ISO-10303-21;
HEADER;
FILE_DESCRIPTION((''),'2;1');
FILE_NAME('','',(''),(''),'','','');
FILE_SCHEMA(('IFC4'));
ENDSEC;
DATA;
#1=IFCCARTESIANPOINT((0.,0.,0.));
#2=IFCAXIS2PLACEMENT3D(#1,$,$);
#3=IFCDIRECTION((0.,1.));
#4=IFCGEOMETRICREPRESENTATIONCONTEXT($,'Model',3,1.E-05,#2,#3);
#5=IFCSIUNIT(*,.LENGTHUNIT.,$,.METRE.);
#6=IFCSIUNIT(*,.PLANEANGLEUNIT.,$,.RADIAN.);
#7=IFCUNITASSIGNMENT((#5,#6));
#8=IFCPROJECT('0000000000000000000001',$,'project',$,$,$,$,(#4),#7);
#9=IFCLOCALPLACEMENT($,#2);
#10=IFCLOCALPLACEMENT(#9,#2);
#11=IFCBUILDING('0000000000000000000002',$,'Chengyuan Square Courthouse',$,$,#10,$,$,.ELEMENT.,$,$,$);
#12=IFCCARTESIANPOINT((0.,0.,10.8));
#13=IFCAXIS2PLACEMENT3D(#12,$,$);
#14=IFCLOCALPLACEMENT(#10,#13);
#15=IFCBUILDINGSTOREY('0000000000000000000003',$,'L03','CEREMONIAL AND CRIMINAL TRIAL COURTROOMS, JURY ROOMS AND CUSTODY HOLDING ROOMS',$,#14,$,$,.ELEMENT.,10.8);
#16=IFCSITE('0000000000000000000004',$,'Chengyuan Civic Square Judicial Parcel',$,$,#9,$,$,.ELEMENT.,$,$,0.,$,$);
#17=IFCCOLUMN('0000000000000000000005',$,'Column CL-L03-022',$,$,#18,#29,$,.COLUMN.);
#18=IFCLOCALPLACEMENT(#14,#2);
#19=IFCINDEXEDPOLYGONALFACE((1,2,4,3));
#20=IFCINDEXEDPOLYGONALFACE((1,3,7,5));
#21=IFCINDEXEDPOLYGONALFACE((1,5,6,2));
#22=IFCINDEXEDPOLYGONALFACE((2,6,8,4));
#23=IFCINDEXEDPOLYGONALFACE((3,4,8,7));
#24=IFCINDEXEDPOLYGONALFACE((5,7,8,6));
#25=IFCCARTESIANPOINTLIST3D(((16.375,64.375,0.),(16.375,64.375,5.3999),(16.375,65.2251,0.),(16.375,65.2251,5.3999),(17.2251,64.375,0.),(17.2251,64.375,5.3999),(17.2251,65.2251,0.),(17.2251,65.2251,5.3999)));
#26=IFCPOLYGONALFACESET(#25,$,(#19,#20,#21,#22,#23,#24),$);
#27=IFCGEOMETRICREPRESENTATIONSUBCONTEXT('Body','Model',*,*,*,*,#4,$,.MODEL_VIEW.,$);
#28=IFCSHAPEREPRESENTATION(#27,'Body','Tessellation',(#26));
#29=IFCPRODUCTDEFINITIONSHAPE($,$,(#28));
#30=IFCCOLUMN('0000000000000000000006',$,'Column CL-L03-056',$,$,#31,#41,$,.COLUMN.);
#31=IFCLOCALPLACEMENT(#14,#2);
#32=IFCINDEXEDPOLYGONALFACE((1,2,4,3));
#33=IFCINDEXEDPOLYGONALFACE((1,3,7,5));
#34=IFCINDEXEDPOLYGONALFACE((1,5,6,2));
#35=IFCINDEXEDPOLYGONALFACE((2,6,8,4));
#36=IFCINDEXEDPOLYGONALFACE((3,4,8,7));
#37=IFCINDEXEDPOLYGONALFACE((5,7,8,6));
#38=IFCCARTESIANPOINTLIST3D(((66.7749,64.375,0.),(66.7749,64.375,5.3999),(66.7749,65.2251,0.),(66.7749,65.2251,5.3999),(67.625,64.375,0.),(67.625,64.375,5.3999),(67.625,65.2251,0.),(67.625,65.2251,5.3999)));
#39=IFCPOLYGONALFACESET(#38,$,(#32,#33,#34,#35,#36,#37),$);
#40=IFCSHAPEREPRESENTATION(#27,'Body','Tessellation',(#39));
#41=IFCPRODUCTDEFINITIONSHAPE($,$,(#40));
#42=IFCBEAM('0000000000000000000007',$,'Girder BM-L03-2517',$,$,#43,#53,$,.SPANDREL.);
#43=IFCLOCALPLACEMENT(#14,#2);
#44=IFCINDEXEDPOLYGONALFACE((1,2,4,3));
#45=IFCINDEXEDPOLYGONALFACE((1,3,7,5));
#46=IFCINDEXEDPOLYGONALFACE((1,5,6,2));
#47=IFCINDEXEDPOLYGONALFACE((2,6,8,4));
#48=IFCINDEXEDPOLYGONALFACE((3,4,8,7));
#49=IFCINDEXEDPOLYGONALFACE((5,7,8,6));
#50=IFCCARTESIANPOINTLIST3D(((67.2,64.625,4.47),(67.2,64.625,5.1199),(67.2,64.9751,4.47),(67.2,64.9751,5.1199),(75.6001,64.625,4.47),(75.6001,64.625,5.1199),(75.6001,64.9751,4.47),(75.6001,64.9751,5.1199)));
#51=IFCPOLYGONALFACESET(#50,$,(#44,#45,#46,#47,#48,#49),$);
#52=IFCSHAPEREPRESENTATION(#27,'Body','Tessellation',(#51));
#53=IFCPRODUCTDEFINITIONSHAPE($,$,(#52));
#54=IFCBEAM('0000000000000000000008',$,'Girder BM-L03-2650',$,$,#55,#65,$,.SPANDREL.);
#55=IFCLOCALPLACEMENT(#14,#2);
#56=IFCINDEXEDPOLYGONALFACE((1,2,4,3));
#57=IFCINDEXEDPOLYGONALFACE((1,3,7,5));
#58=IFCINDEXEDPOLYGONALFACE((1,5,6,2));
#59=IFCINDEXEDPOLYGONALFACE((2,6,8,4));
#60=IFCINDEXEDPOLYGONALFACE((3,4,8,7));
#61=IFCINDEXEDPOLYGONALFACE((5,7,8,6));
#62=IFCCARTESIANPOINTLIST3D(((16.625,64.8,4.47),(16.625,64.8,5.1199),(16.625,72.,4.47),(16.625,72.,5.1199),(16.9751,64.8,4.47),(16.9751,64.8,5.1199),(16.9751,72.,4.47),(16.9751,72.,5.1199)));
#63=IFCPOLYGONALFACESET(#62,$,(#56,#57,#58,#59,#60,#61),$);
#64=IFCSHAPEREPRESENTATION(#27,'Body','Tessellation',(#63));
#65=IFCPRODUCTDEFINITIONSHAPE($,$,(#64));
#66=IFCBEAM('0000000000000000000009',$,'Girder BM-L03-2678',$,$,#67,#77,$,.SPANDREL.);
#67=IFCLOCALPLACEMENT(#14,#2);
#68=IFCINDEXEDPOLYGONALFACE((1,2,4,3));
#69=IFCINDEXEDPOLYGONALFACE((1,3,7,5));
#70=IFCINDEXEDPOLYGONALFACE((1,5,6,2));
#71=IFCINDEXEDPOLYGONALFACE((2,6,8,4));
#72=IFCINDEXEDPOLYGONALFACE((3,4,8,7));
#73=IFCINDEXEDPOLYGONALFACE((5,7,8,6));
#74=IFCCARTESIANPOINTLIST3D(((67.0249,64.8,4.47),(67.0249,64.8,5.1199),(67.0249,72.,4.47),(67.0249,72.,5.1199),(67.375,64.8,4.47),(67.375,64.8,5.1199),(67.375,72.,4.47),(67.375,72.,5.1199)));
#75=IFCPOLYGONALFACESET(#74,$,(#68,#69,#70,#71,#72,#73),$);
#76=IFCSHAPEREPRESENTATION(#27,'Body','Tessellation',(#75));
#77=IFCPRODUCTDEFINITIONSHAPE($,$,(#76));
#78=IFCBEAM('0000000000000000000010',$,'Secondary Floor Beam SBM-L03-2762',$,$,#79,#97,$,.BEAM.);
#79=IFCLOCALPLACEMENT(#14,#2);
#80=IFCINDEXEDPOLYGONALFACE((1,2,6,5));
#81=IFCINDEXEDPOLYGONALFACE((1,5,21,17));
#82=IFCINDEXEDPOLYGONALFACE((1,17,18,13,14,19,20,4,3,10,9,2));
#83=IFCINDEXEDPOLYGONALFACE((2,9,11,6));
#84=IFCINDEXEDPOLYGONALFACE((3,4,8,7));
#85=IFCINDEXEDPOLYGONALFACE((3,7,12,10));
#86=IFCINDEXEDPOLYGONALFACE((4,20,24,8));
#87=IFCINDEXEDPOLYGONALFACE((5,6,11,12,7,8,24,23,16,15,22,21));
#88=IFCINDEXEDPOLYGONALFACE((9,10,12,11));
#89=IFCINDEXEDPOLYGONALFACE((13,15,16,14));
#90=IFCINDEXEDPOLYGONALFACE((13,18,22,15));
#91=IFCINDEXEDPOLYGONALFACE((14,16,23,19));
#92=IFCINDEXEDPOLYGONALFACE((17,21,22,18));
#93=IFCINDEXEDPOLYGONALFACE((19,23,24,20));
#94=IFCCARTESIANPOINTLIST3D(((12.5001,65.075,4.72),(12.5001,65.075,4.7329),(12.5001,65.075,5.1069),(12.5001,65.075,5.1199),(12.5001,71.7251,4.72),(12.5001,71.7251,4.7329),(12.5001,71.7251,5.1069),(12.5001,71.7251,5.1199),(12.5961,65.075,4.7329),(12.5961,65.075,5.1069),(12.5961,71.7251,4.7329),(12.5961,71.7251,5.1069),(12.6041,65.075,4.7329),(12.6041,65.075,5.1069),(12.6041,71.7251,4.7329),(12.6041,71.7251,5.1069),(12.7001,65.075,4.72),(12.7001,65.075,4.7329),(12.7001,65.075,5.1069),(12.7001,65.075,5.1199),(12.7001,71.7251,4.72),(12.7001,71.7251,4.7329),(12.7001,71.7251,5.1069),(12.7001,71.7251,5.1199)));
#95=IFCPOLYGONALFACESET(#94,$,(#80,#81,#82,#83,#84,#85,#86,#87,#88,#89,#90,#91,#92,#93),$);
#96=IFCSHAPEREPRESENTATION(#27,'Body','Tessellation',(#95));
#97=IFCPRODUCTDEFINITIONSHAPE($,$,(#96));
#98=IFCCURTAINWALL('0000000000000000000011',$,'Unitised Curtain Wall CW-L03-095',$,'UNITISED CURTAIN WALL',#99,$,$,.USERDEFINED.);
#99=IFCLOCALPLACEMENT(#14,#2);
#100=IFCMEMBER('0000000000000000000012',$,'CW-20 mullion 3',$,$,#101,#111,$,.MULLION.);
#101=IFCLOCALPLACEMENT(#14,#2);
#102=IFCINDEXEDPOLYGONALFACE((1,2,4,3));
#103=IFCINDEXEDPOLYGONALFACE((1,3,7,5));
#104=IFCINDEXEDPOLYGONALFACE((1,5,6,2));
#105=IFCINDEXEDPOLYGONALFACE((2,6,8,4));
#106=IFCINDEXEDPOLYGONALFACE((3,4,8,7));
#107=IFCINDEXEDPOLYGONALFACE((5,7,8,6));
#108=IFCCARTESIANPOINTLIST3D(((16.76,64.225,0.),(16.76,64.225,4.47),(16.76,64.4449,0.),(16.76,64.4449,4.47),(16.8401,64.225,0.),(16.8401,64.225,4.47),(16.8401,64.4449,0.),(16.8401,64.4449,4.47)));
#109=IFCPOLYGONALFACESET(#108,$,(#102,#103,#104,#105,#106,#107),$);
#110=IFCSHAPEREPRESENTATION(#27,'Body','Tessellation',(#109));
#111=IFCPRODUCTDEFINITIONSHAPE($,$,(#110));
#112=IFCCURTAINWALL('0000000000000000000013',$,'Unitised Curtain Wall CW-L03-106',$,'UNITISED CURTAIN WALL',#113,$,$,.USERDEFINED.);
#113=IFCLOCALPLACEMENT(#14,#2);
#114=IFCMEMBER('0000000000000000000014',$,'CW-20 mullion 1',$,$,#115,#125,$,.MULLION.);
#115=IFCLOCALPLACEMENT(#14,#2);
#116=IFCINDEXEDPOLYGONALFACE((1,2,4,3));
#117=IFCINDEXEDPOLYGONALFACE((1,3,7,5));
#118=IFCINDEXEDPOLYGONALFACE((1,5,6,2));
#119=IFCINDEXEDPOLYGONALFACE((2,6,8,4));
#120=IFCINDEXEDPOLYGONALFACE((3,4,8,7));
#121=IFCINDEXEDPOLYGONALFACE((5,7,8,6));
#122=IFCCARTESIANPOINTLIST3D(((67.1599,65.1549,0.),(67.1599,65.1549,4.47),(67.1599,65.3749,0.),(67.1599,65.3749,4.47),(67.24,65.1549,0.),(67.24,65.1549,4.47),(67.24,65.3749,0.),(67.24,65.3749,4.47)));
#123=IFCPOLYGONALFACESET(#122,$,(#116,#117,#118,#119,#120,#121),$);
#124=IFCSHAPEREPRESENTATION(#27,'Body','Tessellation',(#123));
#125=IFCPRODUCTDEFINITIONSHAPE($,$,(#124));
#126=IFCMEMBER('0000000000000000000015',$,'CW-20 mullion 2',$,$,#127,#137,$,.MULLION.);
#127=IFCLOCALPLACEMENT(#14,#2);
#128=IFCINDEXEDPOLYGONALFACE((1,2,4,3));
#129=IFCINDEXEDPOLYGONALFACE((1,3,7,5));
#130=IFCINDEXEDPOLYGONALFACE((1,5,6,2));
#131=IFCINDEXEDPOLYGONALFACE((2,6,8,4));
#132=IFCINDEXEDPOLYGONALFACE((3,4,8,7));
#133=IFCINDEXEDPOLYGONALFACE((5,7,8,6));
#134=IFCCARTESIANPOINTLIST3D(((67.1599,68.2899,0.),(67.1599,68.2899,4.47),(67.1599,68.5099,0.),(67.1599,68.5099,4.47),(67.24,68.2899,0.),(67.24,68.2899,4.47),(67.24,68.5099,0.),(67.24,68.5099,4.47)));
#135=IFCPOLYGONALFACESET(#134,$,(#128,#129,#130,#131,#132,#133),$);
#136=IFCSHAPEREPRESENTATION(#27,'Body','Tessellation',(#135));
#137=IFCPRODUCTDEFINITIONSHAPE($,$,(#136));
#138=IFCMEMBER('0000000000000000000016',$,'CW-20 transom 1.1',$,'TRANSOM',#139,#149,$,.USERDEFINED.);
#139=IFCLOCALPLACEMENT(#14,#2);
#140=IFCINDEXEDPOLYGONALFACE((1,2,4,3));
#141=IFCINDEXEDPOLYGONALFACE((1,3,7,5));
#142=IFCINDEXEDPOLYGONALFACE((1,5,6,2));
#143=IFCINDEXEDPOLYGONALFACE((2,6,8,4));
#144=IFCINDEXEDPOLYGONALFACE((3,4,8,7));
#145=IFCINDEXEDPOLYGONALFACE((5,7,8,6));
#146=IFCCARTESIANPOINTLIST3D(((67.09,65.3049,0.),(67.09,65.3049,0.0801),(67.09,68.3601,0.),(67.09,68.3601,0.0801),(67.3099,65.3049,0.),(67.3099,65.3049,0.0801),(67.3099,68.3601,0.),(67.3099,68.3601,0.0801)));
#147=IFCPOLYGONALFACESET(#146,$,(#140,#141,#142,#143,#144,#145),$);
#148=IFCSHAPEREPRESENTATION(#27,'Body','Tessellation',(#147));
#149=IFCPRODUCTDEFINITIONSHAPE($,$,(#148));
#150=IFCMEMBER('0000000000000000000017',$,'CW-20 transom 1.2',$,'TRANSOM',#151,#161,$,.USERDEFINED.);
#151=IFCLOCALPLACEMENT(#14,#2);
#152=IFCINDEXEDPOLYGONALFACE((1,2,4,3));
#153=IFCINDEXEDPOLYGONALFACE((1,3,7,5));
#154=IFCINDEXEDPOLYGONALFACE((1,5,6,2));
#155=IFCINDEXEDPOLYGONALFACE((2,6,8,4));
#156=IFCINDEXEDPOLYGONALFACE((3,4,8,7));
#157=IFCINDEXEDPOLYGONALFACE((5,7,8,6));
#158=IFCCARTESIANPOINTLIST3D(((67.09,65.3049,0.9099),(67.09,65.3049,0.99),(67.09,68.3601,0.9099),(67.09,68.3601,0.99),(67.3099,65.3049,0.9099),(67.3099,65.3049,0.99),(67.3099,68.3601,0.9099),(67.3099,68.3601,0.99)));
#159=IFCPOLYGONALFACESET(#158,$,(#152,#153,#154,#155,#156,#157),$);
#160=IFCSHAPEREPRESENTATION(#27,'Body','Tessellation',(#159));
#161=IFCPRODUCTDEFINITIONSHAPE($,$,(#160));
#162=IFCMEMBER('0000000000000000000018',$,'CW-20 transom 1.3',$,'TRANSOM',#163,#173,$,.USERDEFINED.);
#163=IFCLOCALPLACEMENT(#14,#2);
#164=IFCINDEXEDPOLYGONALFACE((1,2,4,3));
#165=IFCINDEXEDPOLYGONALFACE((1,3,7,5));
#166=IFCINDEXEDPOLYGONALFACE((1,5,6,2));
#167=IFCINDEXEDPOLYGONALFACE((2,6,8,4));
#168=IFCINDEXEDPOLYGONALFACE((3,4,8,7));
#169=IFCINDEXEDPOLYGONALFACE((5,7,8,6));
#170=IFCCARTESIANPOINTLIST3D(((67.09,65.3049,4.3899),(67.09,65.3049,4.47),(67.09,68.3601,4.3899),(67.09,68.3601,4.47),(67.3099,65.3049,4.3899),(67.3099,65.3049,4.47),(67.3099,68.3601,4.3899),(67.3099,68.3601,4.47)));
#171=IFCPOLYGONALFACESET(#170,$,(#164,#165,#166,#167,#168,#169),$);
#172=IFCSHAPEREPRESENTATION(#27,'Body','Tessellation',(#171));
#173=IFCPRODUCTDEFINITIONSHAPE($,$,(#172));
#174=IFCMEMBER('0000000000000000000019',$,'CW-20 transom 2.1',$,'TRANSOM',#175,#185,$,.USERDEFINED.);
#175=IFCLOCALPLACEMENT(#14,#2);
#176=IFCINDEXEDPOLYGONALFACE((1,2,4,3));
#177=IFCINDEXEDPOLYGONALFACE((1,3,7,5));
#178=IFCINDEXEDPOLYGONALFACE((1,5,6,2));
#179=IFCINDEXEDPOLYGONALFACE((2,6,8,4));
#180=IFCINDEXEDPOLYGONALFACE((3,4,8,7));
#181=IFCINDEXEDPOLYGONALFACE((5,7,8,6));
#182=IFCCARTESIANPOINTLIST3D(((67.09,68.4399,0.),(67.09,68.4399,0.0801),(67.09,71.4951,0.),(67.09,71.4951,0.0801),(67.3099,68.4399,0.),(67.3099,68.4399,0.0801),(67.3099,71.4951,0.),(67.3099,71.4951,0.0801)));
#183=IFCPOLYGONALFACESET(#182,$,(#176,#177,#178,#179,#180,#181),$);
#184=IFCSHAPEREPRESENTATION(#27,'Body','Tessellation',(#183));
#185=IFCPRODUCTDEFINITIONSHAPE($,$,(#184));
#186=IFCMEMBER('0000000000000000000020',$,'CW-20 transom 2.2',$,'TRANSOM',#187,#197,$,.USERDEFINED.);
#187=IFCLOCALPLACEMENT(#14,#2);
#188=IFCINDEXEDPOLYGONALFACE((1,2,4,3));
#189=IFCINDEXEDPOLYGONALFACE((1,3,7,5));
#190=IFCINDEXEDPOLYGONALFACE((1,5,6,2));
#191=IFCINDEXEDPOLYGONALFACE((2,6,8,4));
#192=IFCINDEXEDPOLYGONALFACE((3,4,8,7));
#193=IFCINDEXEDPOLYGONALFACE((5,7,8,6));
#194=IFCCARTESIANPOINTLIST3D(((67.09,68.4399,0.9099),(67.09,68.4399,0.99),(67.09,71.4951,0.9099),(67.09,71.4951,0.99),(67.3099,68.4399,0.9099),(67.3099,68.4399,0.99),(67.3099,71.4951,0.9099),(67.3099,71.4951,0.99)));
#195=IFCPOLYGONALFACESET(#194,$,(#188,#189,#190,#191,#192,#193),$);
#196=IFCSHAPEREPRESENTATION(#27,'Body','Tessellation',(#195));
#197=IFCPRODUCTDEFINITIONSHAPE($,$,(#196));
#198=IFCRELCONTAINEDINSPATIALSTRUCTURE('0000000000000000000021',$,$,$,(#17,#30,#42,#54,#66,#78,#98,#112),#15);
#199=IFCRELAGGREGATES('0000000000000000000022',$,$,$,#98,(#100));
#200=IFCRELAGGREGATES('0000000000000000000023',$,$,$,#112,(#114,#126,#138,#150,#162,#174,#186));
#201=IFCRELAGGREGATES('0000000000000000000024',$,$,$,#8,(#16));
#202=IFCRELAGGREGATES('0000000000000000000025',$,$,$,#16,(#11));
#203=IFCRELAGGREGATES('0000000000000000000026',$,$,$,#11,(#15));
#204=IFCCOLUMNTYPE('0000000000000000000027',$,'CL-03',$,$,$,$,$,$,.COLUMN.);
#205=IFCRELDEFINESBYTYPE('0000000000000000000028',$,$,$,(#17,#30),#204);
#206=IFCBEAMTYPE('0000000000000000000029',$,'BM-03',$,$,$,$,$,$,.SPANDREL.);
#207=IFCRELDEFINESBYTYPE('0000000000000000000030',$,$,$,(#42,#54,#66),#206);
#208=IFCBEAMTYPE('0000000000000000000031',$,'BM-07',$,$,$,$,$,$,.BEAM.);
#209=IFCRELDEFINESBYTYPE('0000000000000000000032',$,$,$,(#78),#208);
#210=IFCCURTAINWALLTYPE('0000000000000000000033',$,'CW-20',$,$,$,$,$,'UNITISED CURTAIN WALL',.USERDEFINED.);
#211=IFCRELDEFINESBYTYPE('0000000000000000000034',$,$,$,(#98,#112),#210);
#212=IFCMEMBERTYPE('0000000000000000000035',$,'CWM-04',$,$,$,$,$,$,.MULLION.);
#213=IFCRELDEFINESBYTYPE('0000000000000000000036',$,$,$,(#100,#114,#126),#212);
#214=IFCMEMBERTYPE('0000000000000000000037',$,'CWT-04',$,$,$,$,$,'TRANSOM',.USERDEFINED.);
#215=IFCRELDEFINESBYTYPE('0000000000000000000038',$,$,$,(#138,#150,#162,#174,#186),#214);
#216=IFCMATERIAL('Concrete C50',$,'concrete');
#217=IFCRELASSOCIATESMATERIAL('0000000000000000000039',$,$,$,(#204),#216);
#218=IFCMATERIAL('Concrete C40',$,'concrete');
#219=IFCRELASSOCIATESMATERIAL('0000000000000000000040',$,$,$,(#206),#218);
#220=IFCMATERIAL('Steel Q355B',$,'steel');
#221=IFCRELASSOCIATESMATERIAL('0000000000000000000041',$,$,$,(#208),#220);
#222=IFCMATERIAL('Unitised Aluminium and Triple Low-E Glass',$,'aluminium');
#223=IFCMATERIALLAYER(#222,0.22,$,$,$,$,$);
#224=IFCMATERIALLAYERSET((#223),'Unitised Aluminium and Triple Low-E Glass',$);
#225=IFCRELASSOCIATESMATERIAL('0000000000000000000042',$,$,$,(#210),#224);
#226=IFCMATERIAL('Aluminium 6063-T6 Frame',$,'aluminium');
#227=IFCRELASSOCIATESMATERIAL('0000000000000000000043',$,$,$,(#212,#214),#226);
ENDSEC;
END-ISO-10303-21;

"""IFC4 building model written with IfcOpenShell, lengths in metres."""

from ifc_helpers import new_model, si_unit, direction, frame, origin, origin_2d, place, context, subcontext, project, spatial, rectangle, i_section, extrude, material, layer, layer_set, material_profile, profile_set, type_object, element, aggregate, save


model = new_model("IFC4")

# Units and contexts
model_context = context("Model", 3, precision=1e-05, world=origin(), true_north=direction((0.0, 1.0)))
body_context = subcontext(model_context, "Body", "Model", "MODEL_VIEW")
ifc_project = project(units=[si_unit("LENGTHUNIT", "METRE"), si_unit("PLANEANGLEUNIT", "RADIAN")], contexts=[model_context])

# Site, building, storey
site_placement = place(None, origin())
site = spatial("IfcSite", under=ifc_project, at=site_placement, Name="Chengyuan Civic Square Judicial Parcel", CompositionType="ELEMENT", RefElevation=0.0)
building_placement = place(site_placement, origin())
building = spatial("IfcBuilding", under=site, at=building_placement, Name="Chengyuan Square Courthouse", CompositionType="ELEMENT")
storey_placement = place(building_placement, frame((0.0, 0.0, 10.8)))
storey = spatial("IfcBuildingStorey", under=building, at=storey_placement, Name="L03", Description="CEREMONIAL AND CRIMINAL TRIAL COURTROOMS, JURY ROOMS AND CUSTODY HOLDING ROOMS", CompositionType="ELEMENT", Elevation=10.8)

# Columns
ifc_material_1 = material(Name="Concrete C50", Category="concrete")
ifc_material_profile_1 = material_profile(ifc_material_1, rectangle(XDim=0.8501, YDim=0.8501, at=origin_2d()), Name="RC-COL-850x850")
ifc_profile_set_1 = profile_set([ifc_material_profile_1], Name="Concrete C50")
column_type = type_object("IfcColumnType", Name="CL-03", PredefinedType="COLUMN", material=ifc_profile_set_1)
for number, where, z_axis, x_axis, name in (
    (1, (16.8, 64.8, 0.0), (0.0, 0.0, 1.0), (1.0, 0.0, 0.0), "Column CL-L03-022"),
    (2, (67.2, 64.8, 0.0), (0.0, 0.0, 1.0), (1.0, 0.0, 0.0), "Column CL-L03-056"),
):
    element("IfcColumn", number, at=place(storey_placement, frame(where, z_axis=z_axis, x_axis=x_axis)), inside=storey, type_object=column_type, Name=name, PredefinedType="COLUMN", context=body_context, shape_type="SweptSolid", body=[
        extrude(rectangle(XDim=0.8501, YDim=0.8501, at=origin_2d()), origin(), (0.0, 0.0, 1.0), 5.3999),
    ])

# Beams
ifc_material_2 = material(Name="Concrete C40", Category="concrete")
ifc_material_profile_2 = material_profile(ifc_material_2, rectangle(XDim=0.3501, YDim=0.6499, at=origin_2d()), Name="RC-BM-350x650")
ifc_profile_set_2 = profile_set([ifc_material_profile_2], Name="Concrete C40")
beam_type_1 = type_object("IfcBeamType", Name="BM-03", PredefinedType="SPANDREL", material=ifc_profile_set_2)
beam_1_placement = place(storey_placement, frame((67.2, 64.8, 4.7949), z_axis=(1.0, 0.0, 0.0), x_axis=(0.0, 1.0, 0.0)))
element("IfcBeam", 3, at=beam_1_placement, inside=storey, type_object=beam_type_1, Name="Girder BM-L03-2517", PredefinedType="SPANDREL", context=body_context, shape_type="SweptSolid", body=[
    extrude(rectangle(XDim=0.3501, YDim=0.6499, at=origin_2d()), origin(), (0.0, 0.0, 1.0), 8.4001),
])
for number, where, z_axis, x_axis, name in (
    (4, (16.8, 64.8, 4.7949), (0.0, 1.0, 0.0), (-1.0, 0.0, 0.0), "Girder BM-L03-2650"),
    (5, (67.2, 64.8, 4.7949), (0.0, 1.0, 0.0), (-1.0, 0.0, 0.0), "Girder BM-L03-2678"),
):
    element("IfcBeam", number, at=place(storey_placement, frame(where, z_axis=z_axis, x_axis=x_axis)), inside=storey, type_object=beam_type_1, Name=name, PredefinedType="SPANDREL", context=body_context, shape_type="SweptSolid", body=[
        extrude(rectangle(XDim=0.3501, YDim=0.6499, at=origin_2d()), origin(), (0.0, 0.0, 1.0), 7.2),
    ])
ifc_material_3 = material(Name="Steel Q355B", Category="steel")
ifc_material_profile_3 = material_profile(ifc_material_3, i_section(OverallWidth=0.2, OverallDepth=0.3999, WebThickness=0.0081, FlangeThickness=0.0129, at=origin_2d()), Name="HN 400x200x8x13")
ifc_profile_set_3 = profile_set([ifc_material_profile_3], Name="Steel Q355B")
beam_type_2 = type_object("IfcBeamType", Name="BM-07", PredefinedType="BEAM", material=ifc_profile_set_3)
beam_2_placement = place(storey_placement, frame((12.6001, 65.075, 4.9199), z_axis=(0.0, 1.0, 0.0), x_axis=(-1.0, 0.0, 0.0)))
element("IfcBeam", 6, at=beam_2_placement, inside=storey, type_object=beam_type_2, Name="Secondary Floor Beam SBM-L03-2762", PredefinedType="BEAM", context=body_context, shape_type="SweptSolid", body=[
    extrude(i_section(OverallWidth=0.2, OverallDepth=0.3999, WebThickness=0.0081, FlangeThickness=0.0129, at=origin_2d()), origin(), (0.0, 0.0, 1.0), 6.6501),
])

# Curtain wall, member
ifc_material_4 = material(Name="Unitised Aluminium and Triple Low-E Glass", Category="aluminium")
ifc_layer_1 = layer(ifc_material_4, 0.22)
ifc_layer_set_1 = layer_set([ifc_layer_1], Name="Unitised Aluminium and Triple Low-E Glass")
curtain_wall_type = type_object("IfcCurtainWallType", Name="CW-20", ElementType="UNITISED CURTAIN WALL", PredefinedType="USERDEFINED", material=ifc_layer_set_1)
curtain_wall_1_placement = place(storey_placement, origin())
curtain_wall_1 = element("IfcCurtainWall", 7, at=curtain_wall_1_placement, inside=storey, type_object=curtain_wall_type, Name="Unitised Curtain Wall CW-L03-095", ObjectType="UNITISED CURTAIN WALL", PredefinedType="USERDEFINED")
ifc_material_5 = material(Name="Aluminium 6063-T6 Frame", Category="aluminium")
ifc_material_profile_4 = material_profile(ifc_material_5, rectangle(XDim=0.0801, YDim=0.22, at=origin_2d()), Name="CW-MUL-80x220")
ifc_profile_set_4 = profile_set([ifc_material_profile_4], Name="Aluminium 6063-T6 Frame")
member_type_1 = type_object("IfcMemberType", Name="CWM-04", PredefinedType="MULLION", material=ifc_profile_set_4)
member_1_placement = place(storey_placement, frame((16.8, 64.335, 0.0), z_axis=(0.0, 0.0, 1.0), x_axis=(-1.0, 0.0, 0.0)))
member_1 = element("IfcMember", 8, at=member_1_placement, type_object=member_type_1, Name="CW-20 mullion 3", PredefinedType="MULLION", context=body_context, shape_type="SweptSolid", body=[
    extrude(rectangle(XDim=0.0801, YDim=0.22, at=origin_2d()), origin(), (0.0, 0.0, 1.0), 4.47),
])
aggregate(curtain_wall_1, [member_1])

# Curtain wall, members
curtain_wall_2_placement = place(storey_placement, origin())
curtain_wall_2 = element("IfcCurtainWall", 9, at=curtain_wall_2_placement, inside=storey, type_object=curtain_wall_type, Name="Unitised Curtain Wall CW-L03-106", ObjectType="UNITISED CURTAIN WALL", PredefinedType="USERDEFINED")
member_2_placement = place(storey_placement, frame((67.2, 65.2649, 0.0), z_axis=(0.0, 0.0, 1.0), x_axis=(-1.0, 0.0, 0.0)))
member_2 = element("IfcMember", 10, at=member_2_placement, type_object=member_type_1, Name="CW-20 mullion 1", PredefinedType="MULLION", context=body_context, shape_type="SweptSolid", body=[
    extrude(rectangle(XDim=0.0801, YDim=0.22, at=origin_2d()), origin(), (0.0, 0.0, 1.0), 4.47),
])
member_3_placement = place(storey_placement, frame((67.2, 68.3999, 0.0), z_axis=(0.0, 0.0, 1.0), x_axis=(-1.0, 0.0, 0.0)))
member_3 = element("IfcMember", 11, at=member_3_placement, type_object=member_type_1, Name="CW-20 mullion 2", PredefinedType="MULLION", context=body_context, shape_type="SweptSolid", body=[
    extrude(rectangle(XDim=0.0801, YDim=0.22, at=origin_2d()), origin(), (0.0, 0.0, 1.0), 4.47),
])
ifc_material_profile_5 = material_profile(ifc_material_5, rectangle(XDim=0.22, YDim=0.0801, at=origin_2d()), Name="CW-TRN-80x180")
ifc_profile_set_5 = profile_set([ifc_material_profile_5], Name="Aluminium 6063-T6 Frame")
member_type_2 = type_object("IfcMemberType", Name="CWT-04", ElementType="TRANSOM", PredefinedType="USERDEFINED", material=ifc_profile_set_5)
member_4_placement = place(storey_placement, frame((67.2, 65.3049, 0.04), z_axis=(0.0, 1.0, 0.0), x_axis=(-1.0, 0.0, 0.0)))
member_4 = element("IfcMember", 12, at=member_4_placement, type_object=member_type_2, Name="CW-20 transom 1.1", ObjectType="TRANSOM", PredefinedType="USERDEFINED", context=body_context, shape_type="SweptSolid", body=[
    extrude(rectangle(XDim=0.22, YDim=0.0801, at=origin_2d()), origin(), (0.0, 0.0, 1.0), 3.0552),
])
member_5_placement = place(storey_placement, frame((67.2, 65.3049, 0.95), z_axis=(0.0, 1.0, 0.0), x_axis=(-1.0, 0.0, 0.0)))
member_5 = element("IfcMember", 13, at=member_5_placement, type_object=member_type_2, Name="CW-20 transom 1.2", ObjectType="TRANSOM", PredefinedType="USERDEFINED", context=body_context, shape_type="SweptSolid", body=[
    extrude(rectangle(XDim=0.22, YDim=0.0801, at=origin_2d()), origin(), (0.0, 0.0, 1.0), 3.0552),
])
member_6_placement = place(storey_placement, frame((67.2, 65.3049, 4.4299), z_axis=(0.0, 1.0, 0.0), x_axis=(-1.0, 0.0, 0.0)))
member_6 = element("IfcMember", 14, at=member_6_placement, type_object=member_type_2, Name="CW-20 transom 1.3", ObjectType="TRANSOM", PredefinedType="USERDEFINED", context=body_context, shape_type="SweptSolid", body=[
    extrude(rectangle(XDim=0.22, YDim=0.0801, at=origin_2d()), origin(), (0.0, 0.0, 1.0), 3.0552),
])
member_7_placement = place(storey_placement, frame((67.2, 68.4399, 0.04), z_axis=(0.0, 1.0, 0.0), x_axis=(-1.0, 0.0, 0.0)))
member_7 = element("IfcMember", 15, at=member_7_placement, type_object=member_type_2, Name="CW-20 transom 2.1", ObjectType="TRANSOM", PredefinedType="USERDEFINED", context=body_context, shape_type="SweptSolid", body=[
    extrude(rectangle(XDim=0.22, YDim=0.0801, at=origin_2d()), origin(), (0.0, 0.0, 1.0), 3.0552),
])
member_8_placement = place(storey_placement, frame((67.2, 68.4399, 0.95), z_axis=(0.0, 1.0, 0.0), x_axis=(-1.0, 0.0, 0.0)))
member_8 = element("IfcMember", 16, at=member_8_placement, type_object=member_type_2, Name="CW-20 transom 2.2", ObjectType="TRANSOM", PredefinedType="USERDEFINED", context=body_context, shape_type="SweptSolid", body=[
    extrude(rectangle(XDim=0.22, YDim=0.0801, at=origin_2d()), origin(), (0.0, 0.0, 1.0), 3.0552),
])
aggregate(curtain_wall_2, [member_2, member_3, member_4, member_5, member_6, member_7, member_8])

save(model, "model.ifc")
